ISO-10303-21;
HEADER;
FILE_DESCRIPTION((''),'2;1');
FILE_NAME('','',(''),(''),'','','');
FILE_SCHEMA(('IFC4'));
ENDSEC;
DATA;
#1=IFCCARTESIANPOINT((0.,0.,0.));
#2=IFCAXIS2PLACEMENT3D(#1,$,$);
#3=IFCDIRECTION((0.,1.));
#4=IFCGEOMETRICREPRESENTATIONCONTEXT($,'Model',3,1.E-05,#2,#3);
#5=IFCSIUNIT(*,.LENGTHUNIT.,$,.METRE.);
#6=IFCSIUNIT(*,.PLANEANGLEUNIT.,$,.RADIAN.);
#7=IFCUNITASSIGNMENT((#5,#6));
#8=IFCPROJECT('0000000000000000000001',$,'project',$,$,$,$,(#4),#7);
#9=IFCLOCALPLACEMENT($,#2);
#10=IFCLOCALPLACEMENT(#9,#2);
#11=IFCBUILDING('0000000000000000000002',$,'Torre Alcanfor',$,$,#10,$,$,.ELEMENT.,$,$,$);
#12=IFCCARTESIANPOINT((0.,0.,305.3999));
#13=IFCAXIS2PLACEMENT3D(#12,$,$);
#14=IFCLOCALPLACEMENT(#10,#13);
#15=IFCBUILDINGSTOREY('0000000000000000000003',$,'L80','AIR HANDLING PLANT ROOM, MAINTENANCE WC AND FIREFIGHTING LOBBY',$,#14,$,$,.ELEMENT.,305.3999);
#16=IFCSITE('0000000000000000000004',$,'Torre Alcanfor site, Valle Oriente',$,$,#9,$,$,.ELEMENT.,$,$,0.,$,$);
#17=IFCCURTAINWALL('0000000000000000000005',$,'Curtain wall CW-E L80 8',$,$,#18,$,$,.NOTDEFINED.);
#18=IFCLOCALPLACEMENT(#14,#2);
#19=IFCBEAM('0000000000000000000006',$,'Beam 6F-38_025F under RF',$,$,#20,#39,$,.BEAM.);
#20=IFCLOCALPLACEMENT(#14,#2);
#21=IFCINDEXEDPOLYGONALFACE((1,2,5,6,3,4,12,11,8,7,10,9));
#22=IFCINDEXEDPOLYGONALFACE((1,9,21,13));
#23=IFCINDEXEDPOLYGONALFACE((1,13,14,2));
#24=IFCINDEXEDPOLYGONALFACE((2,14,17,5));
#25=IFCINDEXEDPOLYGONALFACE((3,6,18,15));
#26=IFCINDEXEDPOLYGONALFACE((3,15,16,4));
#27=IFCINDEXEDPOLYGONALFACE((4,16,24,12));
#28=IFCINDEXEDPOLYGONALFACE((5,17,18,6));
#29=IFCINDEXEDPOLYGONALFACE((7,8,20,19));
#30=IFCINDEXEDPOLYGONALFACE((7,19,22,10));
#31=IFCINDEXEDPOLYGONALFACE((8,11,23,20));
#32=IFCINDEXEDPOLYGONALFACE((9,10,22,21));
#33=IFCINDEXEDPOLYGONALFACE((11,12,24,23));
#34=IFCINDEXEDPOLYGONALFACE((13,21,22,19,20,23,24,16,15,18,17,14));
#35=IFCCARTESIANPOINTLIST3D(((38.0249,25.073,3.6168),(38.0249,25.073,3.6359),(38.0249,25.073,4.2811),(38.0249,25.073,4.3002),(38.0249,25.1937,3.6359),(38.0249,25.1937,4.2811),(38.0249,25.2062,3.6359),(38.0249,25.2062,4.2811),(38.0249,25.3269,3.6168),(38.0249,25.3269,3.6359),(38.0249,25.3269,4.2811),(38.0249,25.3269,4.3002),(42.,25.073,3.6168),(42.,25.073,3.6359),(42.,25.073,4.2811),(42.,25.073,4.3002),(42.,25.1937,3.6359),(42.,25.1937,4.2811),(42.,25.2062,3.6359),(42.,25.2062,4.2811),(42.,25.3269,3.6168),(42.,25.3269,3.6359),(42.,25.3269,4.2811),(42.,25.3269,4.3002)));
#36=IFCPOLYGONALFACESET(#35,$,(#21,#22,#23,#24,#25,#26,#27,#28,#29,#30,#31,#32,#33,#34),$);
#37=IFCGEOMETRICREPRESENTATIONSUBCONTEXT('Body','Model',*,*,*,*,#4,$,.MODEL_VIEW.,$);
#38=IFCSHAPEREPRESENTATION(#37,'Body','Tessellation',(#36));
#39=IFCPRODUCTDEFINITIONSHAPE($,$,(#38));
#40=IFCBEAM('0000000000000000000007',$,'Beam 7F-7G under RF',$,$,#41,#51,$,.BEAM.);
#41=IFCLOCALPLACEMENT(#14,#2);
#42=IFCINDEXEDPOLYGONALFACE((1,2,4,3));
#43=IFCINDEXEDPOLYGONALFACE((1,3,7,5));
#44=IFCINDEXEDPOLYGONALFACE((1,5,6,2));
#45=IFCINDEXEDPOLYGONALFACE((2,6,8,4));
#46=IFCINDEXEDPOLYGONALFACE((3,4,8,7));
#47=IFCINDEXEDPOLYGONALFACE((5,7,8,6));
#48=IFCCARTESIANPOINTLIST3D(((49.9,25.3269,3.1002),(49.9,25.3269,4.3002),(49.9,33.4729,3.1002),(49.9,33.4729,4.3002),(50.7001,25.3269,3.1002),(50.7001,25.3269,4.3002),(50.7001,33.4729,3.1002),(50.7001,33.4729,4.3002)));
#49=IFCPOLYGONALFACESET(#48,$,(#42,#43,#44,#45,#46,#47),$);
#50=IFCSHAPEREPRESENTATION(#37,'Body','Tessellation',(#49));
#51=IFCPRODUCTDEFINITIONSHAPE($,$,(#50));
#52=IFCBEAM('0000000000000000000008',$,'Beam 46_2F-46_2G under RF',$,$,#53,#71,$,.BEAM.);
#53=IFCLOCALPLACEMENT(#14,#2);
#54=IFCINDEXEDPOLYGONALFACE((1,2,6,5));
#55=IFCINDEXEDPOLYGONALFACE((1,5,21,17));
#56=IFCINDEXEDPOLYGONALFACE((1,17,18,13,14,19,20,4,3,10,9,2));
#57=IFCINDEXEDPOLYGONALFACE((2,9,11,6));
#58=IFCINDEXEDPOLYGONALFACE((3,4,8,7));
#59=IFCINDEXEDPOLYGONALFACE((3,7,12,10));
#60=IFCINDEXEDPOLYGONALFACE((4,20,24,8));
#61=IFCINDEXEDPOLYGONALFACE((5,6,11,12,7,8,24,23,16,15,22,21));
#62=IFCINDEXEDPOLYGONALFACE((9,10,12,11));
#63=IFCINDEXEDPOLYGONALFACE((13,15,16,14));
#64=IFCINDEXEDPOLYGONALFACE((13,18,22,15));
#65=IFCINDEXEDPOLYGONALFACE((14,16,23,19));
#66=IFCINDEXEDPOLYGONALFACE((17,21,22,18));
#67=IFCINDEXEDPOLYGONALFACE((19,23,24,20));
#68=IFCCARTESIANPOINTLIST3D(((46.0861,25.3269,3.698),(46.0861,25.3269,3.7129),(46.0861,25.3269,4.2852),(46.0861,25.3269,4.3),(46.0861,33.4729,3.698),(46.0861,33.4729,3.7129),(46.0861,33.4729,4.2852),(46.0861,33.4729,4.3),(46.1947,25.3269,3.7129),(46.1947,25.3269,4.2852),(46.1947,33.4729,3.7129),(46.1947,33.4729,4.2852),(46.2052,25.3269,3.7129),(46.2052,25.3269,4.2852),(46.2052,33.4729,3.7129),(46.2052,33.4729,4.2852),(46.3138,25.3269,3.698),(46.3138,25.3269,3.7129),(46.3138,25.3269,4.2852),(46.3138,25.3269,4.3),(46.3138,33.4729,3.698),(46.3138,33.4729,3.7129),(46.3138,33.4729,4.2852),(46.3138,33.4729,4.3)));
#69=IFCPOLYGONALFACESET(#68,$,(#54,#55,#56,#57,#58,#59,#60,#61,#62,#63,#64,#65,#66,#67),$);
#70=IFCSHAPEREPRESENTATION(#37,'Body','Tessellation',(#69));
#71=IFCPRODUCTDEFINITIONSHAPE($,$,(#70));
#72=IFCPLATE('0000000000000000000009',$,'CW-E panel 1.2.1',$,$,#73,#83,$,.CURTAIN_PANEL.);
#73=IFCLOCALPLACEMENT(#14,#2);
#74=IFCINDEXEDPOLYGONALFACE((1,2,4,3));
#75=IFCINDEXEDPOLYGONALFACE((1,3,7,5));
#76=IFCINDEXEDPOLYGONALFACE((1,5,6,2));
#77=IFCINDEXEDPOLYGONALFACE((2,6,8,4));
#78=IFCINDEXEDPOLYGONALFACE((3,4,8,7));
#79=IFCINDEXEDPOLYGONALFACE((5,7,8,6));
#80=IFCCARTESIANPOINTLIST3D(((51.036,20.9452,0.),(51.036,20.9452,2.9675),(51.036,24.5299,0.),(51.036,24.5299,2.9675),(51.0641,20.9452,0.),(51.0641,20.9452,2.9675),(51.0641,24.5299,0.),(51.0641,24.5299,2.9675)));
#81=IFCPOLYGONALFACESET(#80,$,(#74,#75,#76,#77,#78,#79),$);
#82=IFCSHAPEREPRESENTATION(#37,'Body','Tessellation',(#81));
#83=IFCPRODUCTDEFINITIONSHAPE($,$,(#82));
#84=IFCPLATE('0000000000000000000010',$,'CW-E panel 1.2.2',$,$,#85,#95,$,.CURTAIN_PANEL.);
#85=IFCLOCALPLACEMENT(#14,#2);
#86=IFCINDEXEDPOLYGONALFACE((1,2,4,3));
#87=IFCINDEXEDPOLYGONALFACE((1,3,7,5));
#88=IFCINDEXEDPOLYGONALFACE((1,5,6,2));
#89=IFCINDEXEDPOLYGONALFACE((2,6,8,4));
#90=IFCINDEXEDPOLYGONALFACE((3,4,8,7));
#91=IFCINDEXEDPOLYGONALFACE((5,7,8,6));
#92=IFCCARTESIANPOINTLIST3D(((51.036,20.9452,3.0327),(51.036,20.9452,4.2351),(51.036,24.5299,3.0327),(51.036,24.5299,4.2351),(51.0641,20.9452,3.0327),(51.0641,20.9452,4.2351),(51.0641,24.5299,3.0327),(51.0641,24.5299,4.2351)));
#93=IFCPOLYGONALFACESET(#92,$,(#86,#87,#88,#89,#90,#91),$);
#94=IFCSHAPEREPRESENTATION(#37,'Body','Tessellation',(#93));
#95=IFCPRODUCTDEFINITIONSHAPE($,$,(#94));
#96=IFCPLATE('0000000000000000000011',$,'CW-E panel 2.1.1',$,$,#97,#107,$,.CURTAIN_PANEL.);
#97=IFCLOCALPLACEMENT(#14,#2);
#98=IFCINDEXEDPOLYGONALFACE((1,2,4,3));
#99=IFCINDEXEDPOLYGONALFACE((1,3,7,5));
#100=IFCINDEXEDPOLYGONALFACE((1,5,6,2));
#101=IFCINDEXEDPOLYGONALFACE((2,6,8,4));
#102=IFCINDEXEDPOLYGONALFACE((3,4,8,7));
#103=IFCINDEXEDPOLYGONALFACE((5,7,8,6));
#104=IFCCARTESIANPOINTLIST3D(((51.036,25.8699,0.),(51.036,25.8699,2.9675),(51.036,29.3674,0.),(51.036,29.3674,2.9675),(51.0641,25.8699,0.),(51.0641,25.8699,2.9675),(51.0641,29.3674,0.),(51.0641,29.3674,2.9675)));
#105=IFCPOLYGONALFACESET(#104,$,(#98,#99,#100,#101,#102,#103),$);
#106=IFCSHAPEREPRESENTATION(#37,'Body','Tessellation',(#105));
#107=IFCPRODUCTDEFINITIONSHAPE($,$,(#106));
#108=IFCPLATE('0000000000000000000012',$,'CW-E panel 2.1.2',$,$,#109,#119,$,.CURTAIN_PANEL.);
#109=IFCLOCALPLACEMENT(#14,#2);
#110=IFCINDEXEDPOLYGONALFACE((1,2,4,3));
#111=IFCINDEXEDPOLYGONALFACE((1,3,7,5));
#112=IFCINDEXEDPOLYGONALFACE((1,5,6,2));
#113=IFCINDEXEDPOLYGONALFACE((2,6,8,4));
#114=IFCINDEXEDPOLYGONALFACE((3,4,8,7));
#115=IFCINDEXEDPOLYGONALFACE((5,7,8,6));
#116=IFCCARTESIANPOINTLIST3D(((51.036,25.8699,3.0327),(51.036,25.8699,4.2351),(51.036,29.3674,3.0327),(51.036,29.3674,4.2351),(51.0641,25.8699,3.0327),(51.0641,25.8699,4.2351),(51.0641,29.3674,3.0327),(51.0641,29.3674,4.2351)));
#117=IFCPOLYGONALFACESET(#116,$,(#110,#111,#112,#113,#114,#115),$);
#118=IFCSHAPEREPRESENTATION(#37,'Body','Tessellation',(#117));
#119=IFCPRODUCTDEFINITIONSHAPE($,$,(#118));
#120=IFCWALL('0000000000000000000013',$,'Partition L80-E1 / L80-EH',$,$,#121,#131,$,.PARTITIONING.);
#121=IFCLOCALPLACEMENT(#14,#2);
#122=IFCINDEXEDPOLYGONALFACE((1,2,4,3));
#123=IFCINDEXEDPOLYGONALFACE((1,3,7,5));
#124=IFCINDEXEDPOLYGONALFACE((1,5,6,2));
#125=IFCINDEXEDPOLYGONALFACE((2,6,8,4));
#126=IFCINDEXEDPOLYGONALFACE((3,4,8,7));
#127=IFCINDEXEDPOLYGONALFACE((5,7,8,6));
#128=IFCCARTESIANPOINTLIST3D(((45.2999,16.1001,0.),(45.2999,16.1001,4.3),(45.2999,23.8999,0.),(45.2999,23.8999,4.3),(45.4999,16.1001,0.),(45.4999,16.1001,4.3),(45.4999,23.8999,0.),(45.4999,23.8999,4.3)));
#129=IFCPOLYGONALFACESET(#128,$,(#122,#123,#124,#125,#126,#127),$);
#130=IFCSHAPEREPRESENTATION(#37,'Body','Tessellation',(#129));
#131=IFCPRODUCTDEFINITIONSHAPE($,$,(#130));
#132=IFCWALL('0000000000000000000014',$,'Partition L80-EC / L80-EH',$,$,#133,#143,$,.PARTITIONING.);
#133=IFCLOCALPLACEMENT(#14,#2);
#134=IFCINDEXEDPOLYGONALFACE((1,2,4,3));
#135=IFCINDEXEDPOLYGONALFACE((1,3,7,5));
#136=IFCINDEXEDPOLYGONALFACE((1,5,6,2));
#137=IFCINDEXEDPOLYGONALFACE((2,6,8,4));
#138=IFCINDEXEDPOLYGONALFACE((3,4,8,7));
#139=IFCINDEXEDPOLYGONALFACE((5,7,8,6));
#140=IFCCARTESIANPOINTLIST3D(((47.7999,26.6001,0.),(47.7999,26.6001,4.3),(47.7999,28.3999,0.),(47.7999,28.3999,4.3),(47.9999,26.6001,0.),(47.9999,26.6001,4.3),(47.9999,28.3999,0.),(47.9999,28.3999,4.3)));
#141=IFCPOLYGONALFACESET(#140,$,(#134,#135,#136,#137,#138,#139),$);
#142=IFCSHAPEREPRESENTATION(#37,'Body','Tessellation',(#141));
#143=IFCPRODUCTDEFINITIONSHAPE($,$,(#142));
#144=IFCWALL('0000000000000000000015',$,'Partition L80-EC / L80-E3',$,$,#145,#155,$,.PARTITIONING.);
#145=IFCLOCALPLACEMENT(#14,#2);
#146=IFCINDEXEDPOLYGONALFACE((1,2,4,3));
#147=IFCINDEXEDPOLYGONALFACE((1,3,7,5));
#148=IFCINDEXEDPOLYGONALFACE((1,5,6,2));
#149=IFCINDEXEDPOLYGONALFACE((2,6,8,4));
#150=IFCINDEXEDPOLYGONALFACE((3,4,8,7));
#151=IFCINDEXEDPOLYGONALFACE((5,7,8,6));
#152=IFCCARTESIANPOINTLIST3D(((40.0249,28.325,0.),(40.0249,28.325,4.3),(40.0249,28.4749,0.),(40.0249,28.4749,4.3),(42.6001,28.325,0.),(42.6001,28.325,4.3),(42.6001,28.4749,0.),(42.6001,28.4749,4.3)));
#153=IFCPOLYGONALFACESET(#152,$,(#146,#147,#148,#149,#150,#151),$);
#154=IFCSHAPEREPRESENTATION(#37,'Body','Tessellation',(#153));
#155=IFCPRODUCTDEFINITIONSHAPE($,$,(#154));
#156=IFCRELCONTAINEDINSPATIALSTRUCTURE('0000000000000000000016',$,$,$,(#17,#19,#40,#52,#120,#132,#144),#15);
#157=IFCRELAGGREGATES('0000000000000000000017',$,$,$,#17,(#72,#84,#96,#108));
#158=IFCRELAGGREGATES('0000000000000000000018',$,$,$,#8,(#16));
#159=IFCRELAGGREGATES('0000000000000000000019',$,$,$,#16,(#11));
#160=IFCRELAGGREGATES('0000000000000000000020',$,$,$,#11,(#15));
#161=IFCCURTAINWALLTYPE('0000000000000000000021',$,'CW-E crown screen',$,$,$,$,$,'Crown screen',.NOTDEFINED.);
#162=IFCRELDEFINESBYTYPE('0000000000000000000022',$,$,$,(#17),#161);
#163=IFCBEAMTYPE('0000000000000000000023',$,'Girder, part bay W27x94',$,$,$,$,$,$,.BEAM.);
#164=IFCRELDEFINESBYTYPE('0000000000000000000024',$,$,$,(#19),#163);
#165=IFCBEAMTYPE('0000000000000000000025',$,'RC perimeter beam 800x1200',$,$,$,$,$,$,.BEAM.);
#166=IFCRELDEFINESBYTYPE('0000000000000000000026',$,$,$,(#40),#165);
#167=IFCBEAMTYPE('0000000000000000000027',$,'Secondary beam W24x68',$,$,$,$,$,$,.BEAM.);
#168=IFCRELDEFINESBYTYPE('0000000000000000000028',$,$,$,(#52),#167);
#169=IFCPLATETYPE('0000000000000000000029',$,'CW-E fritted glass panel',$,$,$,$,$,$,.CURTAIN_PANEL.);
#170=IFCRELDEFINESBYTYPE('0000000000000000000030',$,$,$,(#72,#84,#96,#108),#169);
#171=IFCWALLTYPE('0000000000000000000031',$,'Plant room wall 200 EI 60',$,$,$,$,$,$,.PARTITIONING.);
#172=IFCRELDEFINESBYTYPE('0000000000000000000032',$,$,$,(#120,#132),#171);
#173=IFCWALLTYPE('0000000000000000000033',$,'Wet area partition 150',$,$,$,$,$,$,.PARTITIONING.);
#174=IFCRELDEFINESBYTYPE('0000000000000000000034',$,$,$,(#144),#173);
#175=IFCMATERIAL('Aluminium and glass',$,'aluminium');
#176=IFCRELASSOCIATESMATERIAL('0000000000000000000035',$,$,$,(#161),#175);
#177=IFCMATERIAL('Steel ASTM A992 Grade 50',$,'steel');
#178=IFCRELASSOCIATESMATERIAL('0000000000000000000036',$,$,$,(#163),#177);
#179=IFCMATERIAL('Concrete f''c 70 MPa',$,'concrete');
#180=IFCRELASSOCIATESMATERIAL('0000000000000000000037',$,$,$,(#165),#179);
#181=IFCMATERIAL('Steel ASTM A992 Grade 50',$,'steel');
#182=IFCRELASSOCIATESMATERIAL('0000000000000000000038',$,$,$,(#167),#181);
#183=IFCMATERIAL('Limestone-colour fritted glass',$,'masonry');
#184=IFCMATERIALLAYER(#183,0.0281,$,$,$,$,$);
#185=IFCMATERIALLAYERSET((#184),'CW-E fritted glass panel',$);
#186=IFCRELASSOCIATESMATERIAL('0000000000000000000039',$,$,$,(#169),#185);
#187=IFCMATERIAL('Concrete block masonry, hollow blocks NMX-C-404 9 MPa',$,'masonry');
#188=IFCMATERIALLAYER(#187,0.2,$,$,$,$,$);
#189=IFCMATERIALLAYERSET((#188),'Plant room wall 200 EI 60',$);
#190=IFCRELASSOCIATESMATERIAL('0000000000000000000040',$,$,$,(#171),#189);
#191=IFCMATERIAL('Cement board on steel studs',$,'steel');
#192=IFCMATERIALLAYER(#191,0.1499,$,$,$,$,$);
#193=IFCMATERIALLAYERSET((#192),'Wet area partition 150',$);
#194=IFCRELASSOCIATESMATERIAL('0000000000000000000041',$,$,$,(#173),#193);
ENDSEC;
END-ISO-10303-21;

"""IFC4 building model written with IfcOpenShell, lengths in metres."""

from ifc_helpers import new_model, si_unit, direction, frame, frame_2d, origin, origin_2d, place, context, subcontext, project, spatial, rectangle, i_section, extrude, material, layer, layer_set, material_profile, profile_set, type_object, element, aggregate, save


model = new_model("IFC4")

# Units and contexts
model_context = context("Model", 3, precision=1e-05, world=origin(), true_north=direction((0.0, 1.0)))
body_context = subcontext(model_context, "Body", "Model", "MODEL_VIEW")
ifc_project = project(units=[si_unit("LENGTHUNIT", "METRE"), si_unit("PLANEANGLEUNIT", "RADIAN")], contexts=[model_context])

# Site, building, storey
site_placement = place(None, origin())
site = spatial("IfcSite", under=ifc_project, at=site_placement, Name="Torre Alcanfor site, Valle Oriente", CompositionType="ELEMENT", RefElevation=0.0)
building_placement = place(site_placement, origin())
building = spatial("IfcBuilding", under=site, at=building_placement, Name="Torre Alcanfor", CompositionType="ELEMENT")
storey_placement = place(building_placement, frame((0.0, 0.0, 305.3999)))
storey = spatial("IfcBuildingStorey", under=building, at=storey_placement, Name="L80", Description="AIR HANDLING PLANT ROOM, MAINTENANCE WC AND FIREFIGHTING LOBBY", CompositionType="ELEMENT", Elevation=305.3999)

# Curtain wall
ifc_material_1 = material(Name="Aluminium and glass", Category="aluminium")
curtain_wall_type = type_object("IfcCurtainWallType", Name="CW-E crown screen", ElementType="Crown screen", PredefinedType="NOTDEFINED", material=ifc_material_1)
curtain_wall_placement = place(storey_placement, origin())
curtain_wall = element("IfcCurtainWall", 1, at=curtain_wall_placement, inside=storey, type_object=curtain_wall_type, Name="Curtain wall CW-E L80 8", PredefinedType="NOTDEFINED")

# Beams
ifc_material_2 = material(Name="Steel ASTM A992 Grade 50", Category="steel")
ifc_material_profile_1 = material_profile(ifc_material_2, i_section(OverallWidth=0.2539, OverallDepth=0.6833, WebThickness=0.0125, FlangeThickness=0.019, at=origin_2d()), Name="W27x94")
ifc_profile_set_1 = profile_set([ifc_material_profile_1], Name="Steel ASTM A992 Grade 50")
beam_type_1 = type_object("IfcBeamType", Name="Girder, part bay W27x94", PredefinedType="BEAM", material=ifc_profile_set_1)
beam_1_placement = place(storey_placement, frame((42.0, 25.2, 3.9585), z_axis=(-1.0, 0.0, 0.0), x_axis=(0.0, -1.0, 0.0)))
element("IfcBeam", 2, at=beam_1_placement, inside=storey, type_object=beam_type_1, Name="Beam 6F-38_025F under RF", PredefinedType="BEAM", context=body_context, shape_type="SweptSolid", body=[
    extrude(i_section(OverallWidth=0.2539, OverallDepth=0.6833, WebThickness=0.0125, FlangeThickness=0.019, at=origin_2d()), origin(), (0.0, 0.0, 1.0), 3.9751),
])
ifc_material_3 = material(Name="Concrete f'c 70 MPa", Category="concrete")
ifc_material_profile_2 = material_profile(ifc_material_3, rectangle(XDim=0.8, YDim=1.2, at=origin_2d()), Name="800x1200")
ifc_profile_set_2 = profile_set([ifc_material_profile_2], Name="Concrete f'c 70 MPa")
beam_type_2 = type_object("IfcBeamType", Name="RC perimeter beam 800x1200", PredefinedType="BEAM", material=ifc_profile_set_2)
beam_2_placement = place(storey_placement, frame((50.3, 25.3269, 3.7002), z_axis=(0.0, 1.0, 0.0), x_axis=(-1.0, 0.0, 0.0)))
element("IfcBeam", 3, at=beam_2_placement, inside=storey, type_object=beam_type_2, Name="Beam 7F-7G under RF", PredefinedType="BEAM", context=body_context, shape_type="SweptSolid", body=[
    extrude(rectangle(XDim=0.8, YDim=1.2, at=origin_2d()), origin(), (0.0, 0.0, 1.0), 8.146),
])
ifc_material_4 = material(Name="Steel ASTM A992 Grade 50", Category="steel")
ifc_material_profile_3 = material_profile(ifc_material_4, i_section(OverallWidth=0.2278, OverallDepth=0.6021, WebThickness=0.0105, FlangeThickness=0.0149, at=origin_2d()), Name="W24x68")
ifc_profile_set_3 = profile_set([ifc_material_profile_3], Name="Steel ASTM A992 Grade 50")
beam_type_3 = type_object("IfcBeamType", Name="Secondary beam W24x68", PredefinedType="BEAM", material=ifc_profile_set_3)
beam_3_placement = place(storey_placement, frame((46.2, 25.3269, 3.999), z_axis=(0.0, 1.0, 0.0), x_axis=(-1.0, 0.0, 0.0)))
element("IfcBeam", 4, at=beam_3_placement, inside=storey, type_object=beam_type_3, Name="Beam 46_2F-46_2G under RF", PredefinedType="BEAM", context=body_context, shape_type="SweptSolid", body=[
    extrude(i_section(OverallWidth=0.2278, OverallDepth=0.6021, WebThickness=0.0105, FlangeThickness=0.0149, at=origin_2d()), origin(), (0.0, 0.0, 1.0), 8.146),
])

# Plates
ifc_material_5 = material(Name="Limestone-colour fritted glass", Category="masonry")
ifc_layer_1 = layer(ifc_material_5, 0.0281)
ifc_layer_set_1 = layer_set([ifc_layer_1], Name="CW-E fritted glass panel")
plate_type = type_object("IfcPlateType", Name="CW-E fritted glass panel", PredefinedType="CURTAIN_PANEL", material=ifc_layer_set_1)
plate_1_placement = place(storey_placement, frame((51.05, 22.7375, 0.0), z_axis=(0.0, 0.0, 1.0), x_axis=(0.0, 1.0, 0.0)))
plate_1 = element("IfcPlate", 5, at=plate_1_placement, type_object=plate_type, Name="CW-E panel 1.2.1", PredefinedType="CURTAIN_PANEL", context=body_context, shape_type="SweptSolid", body=[
    extrude(rectangle(XDim=3.5847, YDim=0.0281, at=origin_2d()), origin(), (0.0, 0.0, 1.0), 2.9675),
])
plate_2_placement = place(storey_placement, frame((51.05, 22.7375, 3.0327), z_axis=(0.0, 0.0, 1.0), x_axis=(0.0, 1.0, 0.0)))
plate_2 = element("IfcPlate", 6, at=plate_2_placement, type_object=plate_type, Name="CW-E panel 1.2.2", PredefinedType="CURTAIN_PANEL", context=body_context, shape_type="SweptSolid", body=[
    extrude(rectangle(XDim=3.5847, YDim=0.0281, at=origin_2d()), origin(), (0.0, 0.0, 1.0), 1.2024),
])
plate_3_placement = place(storey_placement, frame((51.05, 27.6187, 0.0), z_axis=(0.0, 0.0, 1.0), x_axis=(0.0, 1.0, 0.0)))
plate_3 = element("IfcPlate", 7, at=plate_3_placement, type_object=plate_type, Name="CW-E panel 2.1.1", PredefinedType="CURTAIN_PANEL", context=body_context, shape_type="SweptSolid", body=[
    extrude(rectangle(XDim=3.4976, YDim=0.0281, at=origin_2d()), origin(), (0.0, 0.0, 1.0), 2.9675),
])
plate_4_placement = place(storey_placement, frame((51.05, 27.6187, 3.0327), z_axis=(0.0, 0.0, 1.0), x_axis=(0.0, 1.0, 0.0)))
plate_4 = element("IfcPlate", 8, at=plate_4_placement, type_object=plate_type, Name="CW-E panel 2.1.2", PredefinedType="CURTAIN_PANEL", context=body_context, shape_type="SweptSolid", body=[
    extrude(rectangle(XDim=3.4976, YDim=0.0281, at=origin_2d()), origin(), (0.0, 0.0, 1.0), 1.2024),
])
aggregate(curtain_wall, [plate_1, plate_2, plate_3, plate_4])

# Wall
ifc_material_6 = material(Name="Concrete block masonry, hollow blocks NMX-C-404 9 MPa", Category="masonry")
ifc_layer_2 = layer(ifc_material_6, 0.2)
ifc_layer_set_2 = layer_set([ifc_layer_2], Name="Plant room wall 200 EI 60")
wall_type_1 = type_object("IfcWallType", Name="Plant room wall 200 EI 60", PredefinedType="PARTITIONING", material=ifc_layer_set_2)
wall_1_placement = place(storey_placement, frame((45.3999, 23.8999, 0.0), z_axis=(0.0, 0.0, 1.0), x_axis=(0.0, -1.0, 0.0)))
element("IfcWall", 9, at=wall_1_placement, inside=storey, type_object=wall_type_1, Name="Partition L80-E1 / L80-EH", PredefinedType="PARTITIONING", context=body_context, shape_type="SweptSolid", body=[
    extrude(rectangle(XDim=7.7998, YDim=0.2, at=frame_2d((3.8999, 0.0))), origin(), (0.0, 0.0, 1.0), 4.3),
])

# Wall
wall_2_placement = place(storey_placement, frame((47.8999, 28.3999, 0.0), z_axis=(0.0, 0.0, 1.0), x_axis=(0.0, -1.0, 0.0)))
element("IfcWall", 10, at=wall_2_placement, inside=storey, type_object=wall_type_1, Name="Partition L80-EC / L80-EH", PredefinedType="PARTITIONING", context=body_context, shape_type="SweptSolid", body=[
    extrude(rectangle(XDim=1.7998, YDim=0.2, at=frame_2d((0.8999, 0.0))), origin(), (0.0, 0.0, 1.0), 4.3),
])

# Wall
ifc_material_7 = material(Name="Cement board on steel studs", Category="steel")
ifc_layer_3 = layer(ifc_material_7, 0.1499)
ifc_layer_set_3 = layer_set([ifc_layer_3], Name="Wet area partition 150")
wall_type_2 = type_object("IfcWallType", Name="Wet area partition 150", PredefinedType="PARTITIONING", material=ifc_layer_set_3)
wall_3_placement = place(storey_placement, frame((40.0249, 28.3999, 0.0), z_axis=(0.0, 0.0, 1.0), x_axis=(1.0, 0.0, 0.0)))
element("IfcWall", 11, at=wall_3_placement, inside=storey, type_object=wall_type_2, Name="Partition L80-EC / L80-E3", PredefinedType="PARTITIONING", context=body_context, shape_type="SweptSolid", body=[
    extrude(rectangle(XDim=2.5752, YDim=0.1499, at=frame_2d((1.2876, 0.0))), origin(), (0.0, 0.0, 1.0), 4.3),
])

save(model, "model.ifc")
